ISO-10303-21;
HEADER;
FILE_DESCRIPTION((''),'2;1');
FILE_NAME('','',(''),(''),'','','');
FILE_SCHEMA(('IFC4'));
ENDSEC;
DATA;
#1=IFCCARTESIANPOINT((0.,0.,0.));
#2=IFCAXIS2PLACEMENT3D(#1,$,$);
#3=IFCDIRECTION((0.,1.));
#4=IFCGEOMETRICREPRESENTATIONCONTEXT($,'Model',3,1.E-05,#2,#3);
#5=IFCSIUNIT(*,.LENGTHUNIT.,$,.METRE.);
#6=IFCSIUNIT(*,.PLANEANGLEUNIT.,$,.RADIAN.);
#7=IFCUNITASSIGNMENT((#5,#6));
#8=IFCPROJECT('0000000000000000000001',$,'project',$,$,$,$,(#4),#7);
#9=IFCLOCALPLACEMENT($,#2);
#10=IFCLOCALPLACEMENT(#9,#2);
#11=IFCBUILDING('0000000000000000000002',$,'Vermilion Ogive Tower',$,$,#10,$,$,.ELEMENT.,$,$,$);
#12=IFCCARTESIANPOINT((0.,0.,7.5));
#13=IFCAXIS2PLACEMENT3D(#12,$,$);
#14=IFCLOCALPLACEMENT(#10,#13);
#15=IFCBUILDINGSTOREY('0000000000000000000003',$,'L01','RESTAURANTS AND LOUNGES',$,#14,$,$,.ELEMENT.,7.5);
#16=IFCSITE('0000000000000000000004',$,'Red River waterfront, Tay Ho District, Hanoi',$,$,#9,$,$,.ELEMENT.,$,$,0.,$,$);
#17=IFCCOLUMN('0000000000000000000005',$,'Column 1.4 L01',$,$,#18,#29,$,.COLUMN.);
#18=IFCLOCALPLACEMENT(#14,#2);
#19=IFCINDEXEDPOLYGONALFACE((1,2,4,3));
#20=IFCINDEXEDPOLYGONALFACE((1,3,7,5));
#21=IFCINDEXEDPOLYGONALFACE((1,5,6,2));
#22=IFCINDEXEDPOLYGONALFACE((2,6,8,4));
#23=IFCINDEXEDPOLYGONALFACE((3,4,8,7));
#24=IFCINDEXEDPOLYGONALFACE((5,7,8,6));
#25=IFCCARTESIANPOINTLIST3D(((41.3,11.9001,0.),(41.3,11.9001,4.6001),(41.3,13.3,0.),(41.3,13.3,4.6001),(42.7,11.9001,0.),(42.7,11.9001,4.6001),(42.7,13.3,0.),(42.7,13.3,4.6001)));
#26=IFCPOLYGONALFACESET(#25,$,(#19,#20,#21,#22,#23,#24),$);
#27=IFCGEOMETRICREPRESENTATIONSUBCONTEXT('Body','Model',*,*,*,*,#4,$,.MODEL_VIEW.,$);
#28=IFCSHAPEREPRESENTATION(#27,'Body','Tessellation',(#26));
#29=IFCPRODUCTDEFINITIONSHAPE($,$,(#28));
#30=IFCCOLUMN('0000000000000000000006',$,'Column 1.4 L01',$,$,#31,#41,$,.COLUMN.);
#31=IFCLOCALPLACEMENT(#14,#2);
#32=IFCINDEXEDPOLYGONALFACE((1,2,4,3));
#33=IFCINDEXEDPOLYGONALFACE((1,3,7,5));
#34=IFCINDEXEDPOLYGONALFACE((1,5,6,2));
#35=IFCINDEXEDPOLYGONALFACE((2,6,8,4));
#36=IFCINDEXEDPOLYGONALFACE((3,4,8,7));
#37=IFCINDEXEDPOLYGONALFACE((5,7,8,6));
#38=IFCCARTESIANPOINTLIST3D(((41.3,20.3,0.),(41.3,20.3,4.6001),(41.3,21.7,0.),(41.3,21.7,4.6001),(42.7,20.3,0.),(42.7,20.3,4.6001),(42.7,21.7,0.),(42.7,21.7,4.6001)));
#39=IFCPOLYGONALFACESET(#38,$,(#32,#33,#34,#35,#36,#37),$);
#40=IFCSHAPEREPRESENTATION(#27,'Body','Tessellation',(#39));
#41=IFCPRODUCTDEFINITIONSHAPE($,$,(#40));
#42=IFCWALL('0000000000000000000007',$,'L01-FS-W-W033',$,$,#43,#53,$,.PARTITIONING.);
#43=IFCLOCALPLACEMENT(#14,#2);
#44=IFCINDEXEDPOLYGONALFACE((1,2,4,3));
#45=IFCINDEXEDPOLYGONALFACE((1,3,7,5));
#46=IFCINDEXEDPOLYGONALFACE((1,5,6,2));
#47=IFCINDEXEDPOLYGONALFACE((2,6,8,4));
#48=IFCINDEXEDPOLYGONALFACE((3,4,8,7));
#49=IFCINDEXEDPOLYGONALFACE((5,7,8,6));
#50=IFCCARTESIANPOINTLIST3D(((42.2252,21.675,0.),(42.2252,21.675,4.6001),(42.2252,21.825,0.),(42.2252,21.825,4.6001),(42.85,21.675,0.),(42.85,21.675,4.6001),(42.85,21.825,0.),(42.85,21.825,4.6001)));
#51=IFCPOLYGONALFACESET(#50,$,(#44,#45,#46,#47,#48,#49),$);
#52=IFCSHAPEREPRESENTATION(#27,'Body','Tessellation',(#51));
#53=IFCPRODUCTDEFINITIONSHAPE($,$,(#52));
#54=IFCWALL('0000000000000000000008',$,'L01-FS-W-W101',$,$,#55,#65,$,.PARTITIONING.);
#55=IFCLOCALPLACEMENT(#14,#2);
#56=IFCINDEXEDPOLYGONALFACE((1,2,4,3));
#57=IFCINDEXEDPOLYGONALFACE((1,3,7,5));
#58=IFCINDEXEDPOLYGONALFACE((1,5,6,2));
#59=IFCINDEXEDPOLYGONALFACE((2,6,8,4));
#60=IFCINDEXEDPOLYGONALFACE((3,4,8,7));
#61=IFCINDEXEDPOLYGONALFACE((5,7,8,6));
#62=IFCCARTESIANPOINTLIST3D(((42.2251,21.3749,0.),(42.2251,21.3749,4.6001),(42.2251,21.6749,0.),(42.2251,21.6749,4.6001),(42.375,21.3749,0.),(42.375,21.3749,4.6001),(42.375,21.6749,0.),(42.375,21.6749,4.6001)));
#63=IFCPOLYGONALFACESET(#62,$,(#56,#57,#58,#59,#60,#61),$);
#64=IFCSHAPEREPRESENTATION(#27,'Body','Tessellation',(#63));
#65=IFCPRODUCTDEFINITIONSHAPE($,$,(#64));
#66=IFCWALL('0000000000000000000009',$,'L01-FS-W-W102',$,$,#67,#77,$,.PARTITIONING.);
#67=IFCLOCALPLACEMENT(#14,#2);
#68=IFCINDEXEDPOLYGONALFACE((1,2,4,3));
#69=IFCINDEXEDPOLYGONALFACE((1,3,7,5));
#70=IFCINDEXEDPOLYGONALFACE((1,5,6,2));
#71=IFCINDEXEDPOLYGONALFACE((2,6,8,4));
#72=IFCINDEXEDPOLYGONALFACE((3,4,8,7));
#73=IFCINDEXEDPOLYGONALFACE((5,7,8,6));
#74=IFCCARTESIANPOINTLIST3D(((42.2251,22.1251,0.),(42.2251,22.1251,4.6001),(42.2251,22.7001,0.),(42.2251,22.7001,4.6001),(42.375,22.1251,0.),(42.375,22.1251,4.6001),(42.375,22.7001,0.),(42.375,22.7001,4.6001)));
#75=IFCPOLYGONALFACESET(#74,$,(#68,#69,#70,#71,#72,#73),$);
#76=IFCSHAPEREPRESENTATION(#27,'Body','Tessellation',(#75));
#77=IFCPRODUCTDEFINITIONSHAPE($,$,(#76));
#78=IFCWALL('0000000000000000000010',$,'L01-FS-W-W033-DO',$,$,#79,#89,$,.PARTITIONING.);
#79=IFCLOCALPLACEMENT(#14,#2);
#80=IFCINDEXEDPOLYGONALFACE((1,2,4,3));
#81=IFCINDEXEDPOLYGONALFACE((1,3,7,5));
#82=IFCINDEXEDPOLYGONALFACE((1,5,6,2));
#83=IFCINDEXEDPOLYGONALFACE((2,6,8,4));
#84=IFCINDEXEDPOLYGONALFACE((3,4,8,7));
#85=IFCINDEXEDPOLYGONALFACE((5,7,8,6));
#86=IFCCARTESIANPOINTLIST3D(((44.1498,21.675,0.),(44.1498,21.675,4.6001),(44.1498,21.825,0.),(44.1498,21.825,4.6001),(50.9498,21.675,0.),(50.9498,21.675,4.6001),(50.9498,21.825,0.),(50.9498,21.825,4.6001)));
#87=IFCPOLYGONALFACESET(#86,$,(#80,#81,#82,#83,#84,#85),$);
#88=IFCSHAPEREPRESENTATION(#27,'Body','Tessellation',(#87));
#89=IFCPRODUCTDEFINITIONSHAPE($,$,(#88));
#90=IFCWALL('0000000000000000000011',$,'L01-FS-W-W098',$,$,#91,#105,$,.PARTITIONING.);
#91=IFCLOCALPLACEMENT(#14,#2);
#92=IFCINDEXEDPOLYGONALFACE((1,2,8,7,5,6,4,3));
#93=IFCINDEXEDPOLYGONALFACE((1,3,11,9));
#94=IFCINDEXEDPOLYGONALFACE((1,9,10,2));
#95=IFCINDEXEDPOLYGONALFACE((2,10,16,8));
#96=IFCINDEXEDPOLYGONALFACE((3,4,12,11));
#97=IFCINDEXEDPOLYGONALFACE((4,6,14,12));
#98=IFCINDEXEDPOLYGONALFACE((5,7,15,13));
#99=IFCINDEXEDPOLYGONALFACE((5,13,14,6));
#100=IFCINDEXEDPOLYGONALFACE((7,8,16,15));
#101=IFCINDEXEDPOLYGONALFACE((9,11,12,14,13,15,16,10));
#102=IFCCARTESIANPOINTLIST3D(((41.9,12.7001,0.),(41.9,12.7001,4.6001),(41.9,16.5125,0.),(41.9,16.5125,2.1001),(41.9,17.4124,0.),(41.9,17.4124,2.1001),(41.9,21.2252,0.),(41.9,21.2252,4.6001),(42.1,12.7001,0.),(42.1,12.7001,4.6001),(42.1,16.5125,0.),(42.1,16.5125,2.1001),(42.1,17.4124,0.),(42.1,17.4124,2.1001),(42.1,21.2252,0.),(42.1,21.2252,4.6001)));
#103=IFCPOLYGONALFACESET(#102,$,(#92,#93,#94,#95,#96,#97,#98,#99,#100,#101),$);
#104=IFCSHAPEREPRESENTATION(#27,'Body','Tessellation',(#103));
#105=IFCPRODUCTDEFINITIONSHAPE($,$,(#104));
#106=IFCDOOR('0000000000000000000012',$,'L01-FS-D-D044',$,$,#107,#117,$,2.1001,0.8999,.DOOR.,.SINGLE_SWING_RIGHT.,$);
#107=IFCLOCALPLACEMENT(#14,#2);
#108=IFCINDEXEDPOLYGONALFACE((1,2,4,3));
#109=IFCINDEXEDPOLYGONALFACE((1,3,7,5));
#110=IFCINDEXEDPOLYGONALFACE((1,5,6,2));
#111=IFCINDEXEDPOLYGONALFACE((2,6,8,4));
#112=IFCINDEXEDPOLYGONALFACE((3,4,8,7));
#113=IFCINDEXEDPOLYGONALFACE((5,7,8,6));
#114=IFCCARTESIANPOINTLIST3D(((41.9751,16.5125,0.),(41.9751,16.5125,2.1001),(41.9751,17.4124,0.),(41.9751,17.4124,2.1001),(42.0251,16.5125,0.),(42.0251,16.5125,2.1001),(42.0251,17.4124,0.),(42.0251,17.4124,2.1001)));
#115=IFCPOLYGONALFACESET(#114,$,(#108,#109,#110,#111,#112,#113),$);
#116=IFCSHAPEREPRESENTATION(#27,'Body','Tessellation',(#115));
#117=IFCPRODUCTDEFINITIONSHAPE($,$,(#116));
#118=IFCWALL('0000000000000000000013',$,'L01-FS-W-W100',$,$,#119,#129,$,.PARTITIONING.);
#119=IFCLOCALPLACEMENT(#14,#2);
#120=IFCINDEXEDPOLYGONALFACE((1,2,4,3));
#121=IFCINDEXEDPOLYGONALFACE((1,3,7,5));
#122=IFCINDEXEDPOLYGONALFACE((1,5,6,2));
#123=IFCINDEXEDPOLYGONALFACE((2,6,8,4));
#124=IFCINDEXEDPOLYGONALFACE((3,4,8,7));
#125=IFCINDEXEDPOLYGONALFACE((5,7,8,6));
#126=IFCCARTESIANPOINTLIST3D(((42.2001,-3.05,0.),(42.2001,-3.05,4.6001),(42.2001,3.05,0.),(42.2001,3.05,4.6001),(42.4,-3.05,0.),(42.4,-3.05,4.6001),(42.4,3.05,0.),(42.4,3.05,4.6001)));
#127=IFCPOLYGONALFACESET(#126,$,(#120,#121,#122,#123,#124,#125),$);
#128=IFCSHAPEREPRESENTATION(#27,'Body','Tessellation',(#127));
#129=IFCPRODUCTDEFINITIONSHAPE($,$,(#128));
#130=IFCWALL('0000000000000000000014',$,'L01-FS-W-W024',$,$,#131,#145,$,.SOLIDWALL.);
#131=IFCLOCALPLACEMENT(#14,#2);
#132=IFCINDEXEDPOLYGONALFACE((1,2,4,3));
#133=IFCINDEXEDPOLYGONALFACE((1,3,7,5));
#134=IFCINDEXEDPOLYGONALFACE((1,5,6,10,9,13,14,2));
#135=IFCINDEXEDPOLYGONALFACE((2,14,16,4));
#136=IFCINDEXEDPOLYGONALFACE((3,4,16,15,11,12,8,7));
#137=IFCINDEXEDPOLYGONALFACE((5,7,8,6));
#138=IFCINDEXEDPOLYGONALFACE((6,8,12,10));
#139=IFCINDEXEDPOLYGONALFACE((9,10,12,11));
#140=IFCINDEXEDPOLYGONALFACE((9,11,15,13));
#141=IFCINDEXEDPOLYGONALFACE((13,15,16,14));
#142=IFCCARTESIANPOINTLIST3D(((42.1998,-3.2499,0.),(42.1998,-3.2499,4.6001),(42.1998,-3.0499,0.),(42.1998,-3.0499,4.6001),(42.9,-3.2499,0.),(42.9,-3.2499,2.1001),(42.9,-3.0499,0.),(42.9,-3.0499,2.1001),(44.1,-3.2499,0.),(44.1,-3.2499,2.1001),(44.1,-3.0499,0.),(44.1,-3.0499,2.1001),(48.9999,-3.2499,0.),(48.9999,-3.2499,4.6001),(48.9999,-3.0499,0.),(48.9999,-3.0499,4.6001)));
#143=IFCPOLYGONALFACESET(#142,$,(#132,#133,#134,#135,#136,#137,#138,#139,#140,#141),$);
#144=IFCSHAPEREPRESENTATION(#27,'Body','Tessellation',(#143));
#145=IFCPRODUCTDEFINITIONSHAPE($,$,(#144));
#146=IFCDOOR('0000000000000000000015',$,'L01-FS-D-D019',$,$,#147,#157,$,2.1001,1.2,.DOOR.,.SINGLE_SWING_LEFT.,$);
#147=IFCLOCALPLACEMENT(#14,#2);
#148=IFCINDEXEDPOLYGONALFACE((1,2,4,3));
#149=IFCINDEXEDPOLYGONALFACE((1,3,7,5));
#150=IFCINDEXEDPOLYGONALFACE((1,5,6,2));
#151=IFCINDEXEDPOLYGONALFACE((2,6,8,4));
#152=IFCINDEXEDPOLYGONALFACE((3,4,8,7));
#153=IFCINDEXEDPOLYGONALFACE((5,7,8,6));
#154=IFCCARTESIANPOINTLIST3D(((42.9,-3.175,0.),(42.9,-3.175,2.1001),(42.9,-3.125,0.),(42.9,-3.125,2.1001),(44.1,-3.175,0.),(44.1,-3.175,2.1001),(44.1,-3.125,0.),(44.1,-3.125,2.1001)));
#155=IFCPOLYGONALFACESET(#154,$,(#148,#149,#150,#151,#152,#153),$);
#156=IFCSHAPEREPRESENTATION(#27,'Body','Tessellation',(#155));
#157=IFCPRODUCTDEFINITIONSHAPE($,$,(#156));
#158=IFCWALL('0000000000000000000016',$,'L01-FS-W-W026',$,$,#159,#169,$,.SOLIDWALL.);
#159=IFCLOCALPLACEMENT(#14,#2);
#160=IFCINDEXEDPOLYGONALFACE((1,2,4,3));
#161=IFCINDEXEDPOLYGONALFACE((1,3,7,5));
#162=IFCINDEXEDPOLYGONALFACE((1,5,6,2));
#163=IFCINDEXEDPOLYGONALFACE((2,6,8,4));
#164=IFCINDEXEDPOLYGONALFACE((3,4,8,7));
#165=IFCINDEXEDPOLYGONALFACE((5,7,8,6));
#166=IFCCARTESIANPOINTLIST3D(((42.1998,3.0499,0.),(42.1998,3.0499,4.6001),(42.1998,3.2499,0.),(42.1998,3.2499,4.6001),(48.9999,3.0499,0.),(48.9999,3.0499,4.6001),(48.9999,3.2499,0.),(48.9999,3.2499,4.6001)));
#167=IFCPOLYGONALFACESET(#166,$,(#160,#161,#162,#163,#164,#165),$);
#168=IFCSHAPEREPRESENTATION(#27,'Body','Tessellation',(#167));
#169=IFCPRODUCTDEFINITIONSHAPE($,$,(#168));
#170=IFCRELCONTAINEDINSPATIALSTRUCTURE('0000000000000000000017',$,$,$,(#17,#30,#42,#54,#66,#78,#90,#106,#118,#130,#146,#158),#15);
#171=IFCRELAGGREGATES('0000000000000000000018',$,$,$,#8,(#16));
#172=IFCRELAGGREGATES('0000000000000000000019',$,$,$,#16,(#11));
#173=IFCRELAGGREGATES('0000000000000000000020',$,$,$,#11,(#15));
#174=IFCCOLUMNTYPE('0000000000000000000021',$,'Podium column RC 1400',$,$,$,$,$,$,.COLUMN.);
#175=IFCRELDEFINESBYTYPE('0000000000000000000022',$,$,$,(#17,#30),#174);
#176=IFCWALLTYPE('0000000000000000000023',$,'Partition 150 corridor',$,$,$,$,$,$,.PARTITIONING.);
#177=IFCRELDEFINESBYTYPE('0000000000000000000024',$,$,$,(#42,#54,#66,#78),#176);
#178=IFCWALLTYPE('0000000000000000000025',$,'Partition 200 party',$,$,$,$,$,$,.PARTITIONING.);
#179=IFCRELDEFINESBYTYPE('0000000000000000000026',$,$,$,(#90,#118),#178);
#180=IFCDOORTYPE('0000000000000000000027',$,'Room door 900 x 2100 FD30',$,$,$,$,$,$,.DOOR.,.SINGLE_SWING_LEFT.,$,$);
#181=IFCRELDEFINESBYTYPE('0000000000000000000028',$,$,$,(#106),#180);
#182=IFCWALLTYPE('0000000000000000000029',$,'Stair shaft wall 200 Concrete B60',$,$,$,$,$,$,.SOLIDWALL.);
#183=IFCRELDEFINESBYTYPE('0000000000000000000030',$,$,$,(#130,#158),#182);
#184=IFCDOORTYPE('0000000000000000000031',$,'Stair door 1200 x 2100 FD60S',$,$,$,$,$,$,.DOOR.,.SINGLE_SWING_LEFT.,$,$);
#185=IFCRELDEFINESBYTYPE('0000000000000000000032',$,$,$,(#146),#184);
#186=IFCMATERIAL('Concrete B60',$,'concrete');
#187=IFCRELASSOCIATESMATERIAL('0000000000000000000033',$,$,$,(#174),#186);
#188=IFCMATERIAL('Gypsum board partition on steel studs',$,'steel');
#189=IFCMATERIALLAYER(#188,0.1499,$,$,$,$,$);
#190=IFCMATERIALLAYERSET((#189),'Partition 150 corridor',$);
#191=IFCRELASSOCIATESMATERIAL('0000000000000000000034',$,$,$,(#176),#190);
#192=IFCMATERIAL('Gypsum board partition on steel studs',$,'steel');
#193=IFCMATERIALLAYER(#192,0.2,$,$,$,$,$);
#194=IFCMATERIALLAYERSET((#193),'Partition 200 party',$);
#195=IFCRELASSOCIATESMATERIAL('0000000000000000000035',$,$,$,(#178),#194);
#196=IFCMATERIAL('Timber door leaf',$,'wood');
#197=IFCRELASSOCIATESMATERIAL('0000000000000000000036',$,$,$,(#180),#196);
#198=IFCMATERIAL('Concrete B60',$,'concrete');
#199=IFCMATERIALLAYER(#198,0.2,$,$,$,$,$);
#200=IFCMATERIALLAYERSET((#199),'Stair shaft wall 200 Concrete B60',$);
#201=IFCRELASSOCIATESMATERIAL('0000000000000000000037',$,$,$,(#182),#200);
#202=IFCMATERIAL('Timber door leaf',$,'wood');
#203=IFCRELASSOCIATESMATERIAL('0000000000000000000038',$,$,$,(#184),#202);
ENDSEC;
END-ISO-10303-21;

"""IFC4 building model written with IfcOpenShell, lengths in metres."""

from ifc_helpers import new_model, si_unit, direction, frame, frame_2d, origin, origin_2d, place, context, subcontext, project, spatial, rectangle, extrude, material, layer, layer_set, material_profile, profile_set, type_object, element, fill, save


model = new_model("IFC4")

# Units and contexts
model_context = context("Model", 3, precision=1e-05, world=origin(), true_north=direction((0.0, 1.0)))
body_context = subcontext(model_context, "Body", "Model", "MODEL_VIEW")
ifc_project = project(units=[si_unit("LENGTHUNIT", "METRE"), si_unit("PLANEANGLEUNIT", "RADIAN")], contexts=[model_context])

# Site, building, storey
site_placement = place(None, origin())
site = spatial("IfcSite", under=ifc_project, at=site_placement, Name="Red River waterfront, Tay Ho District, Hanoi", CompositionType="ELEMENT", RefElevation=0.0)
building_placement = place(site_placement, origin())
building = spatial("IfcBuilding", under=site, at=building_placement, Name="Vermilion Ogive Tower", CompositionType="ELEMENT")
storey_placement = place(building_placement, frame((0.0, 0.0, 7.5)))
storey = spatial("IfcBuildingStorey", under=building, at=storey_placement, Name="L01", Description="RESTAURANTS AND LOUNGES", CompositionType="ELEMENT", Elevation=7.5)

# Columns
ifc_material_1 = material(Name="Concrete B60", Category="concrete")
ifc_material_profile = material_profile(ifc_material_1, rectangle(XDim=1.3999, YDim=1.3999, at=origin_2d()), Name="RC 1400x1400")
ifc_profile_set = profile_set([ifc_material_profile], Name="Concrete B60")
column_type = type_object("IfcColumnType", Name="Podium column RC 1400", PredefinedType="COLUMN", material=ifc_profile_set)
for number, where, z_axis, x_axis, name in (
    (1, (42.0, 12.6001, 0.0), (0.0, 0.0, 1.0), (1.0, 0.0, 0.0), "Column 1.4 L01"),
    (2, (42.0, 21.0, 0.0), (0.0, 0.0, 1.0), (1.0, 0.0, 0.0), "Column 1.4 L01"),
):
    element("IfcColumn", number, at=place(storey_placement, frame(where, z_axis=z_axis, x_axis=x_axis)), inside=storey, type_object=column_type, Name=name, PredefinedType="COLUMN", context=body_context, shape_type="SweptSolid", body=[
        extrude(rectangle(XDim=1.3999, YDim=1.3999, at=origin_2d()), origin(), (0.0, 0.0, 1.0), 4.6001),
    ])

# Walls
ifc_material_2 = material(Name="Gypsum board partition on steel studs", Category="steel")
ifc_layer_1 = layer(ifc_material_2, 0.1499)
ifc_layer_set_1 = layer_set([ifc_layer_1], Name="Partition 150 corridor")
wall_type_1 = type_object("IfcWallType", Name="Partition 150 corridor", PredefinedType="PARTITIONING", material=ifc_layer_set_1)
wall_1_placement = place(storey_placement, frame((42.2251, 21.75, 0.0), z_axis=(0.0, 0.0, 1.0), x_axis=(1.0, 0.0, 0.0)))
element("IfcWall", 3, at=wall_1_placement, inside=storey, type_object=wall_type_1, Name="L01-FS-W-W033", PredefinedType="PARTITIONING", context=body_context, shape_type="SweptSolid", body=[
    extrude(rectangle(XDim=0.6248, YDim=0.1499, at=frame_2d((0.3125, 0.0))), origin(), (0.0, 0.0, 1.0), 4.6001),
])
wall_2_placement = place(storey_placement, frame((42.3, 21.375, 0.0), z_axis=(0.0, 0.0, 1.0), x_axis=(0.0, 1.0, 0.0)))
element("IfcWall", 4, at=wall_2_placement, inside=storey, type_object=wall_type_1, Name="L01-FS-W-W101", PredefinedType="PARTITIONING", context=body_context, shape_type="SweptSolid", body=[
    extrude(rectangle(XDim=0.3, YDim=0.1499, at=frame_2d((0.1499, 0.0))), origin(), (0.0, 0.0, 1.0), 4.6001),
])
wall_3_placement = place(storey_placement, frame((42.3, 22.125, 0.0), z_axis=(0.0, 0.0, 1.0), x_axis=(0.0, 1.0, 0.0)))
element("IfcWall", 5, at=wall_3_placement, inside=storey, type_object=wall_type_1, Name="L01-FS-W-W102", PredefinedType="PARTITIONING", context=body_context, shape_type="SweptSolid", body=[
    extrude(rectangle(XDim=0.575, YDim=0.1499, at=frame_2d((0.2876, 0.0))), origin(), (0.0, 0.0, 1.0), 4.6001),
])
wall_4_placement = place(storey_placement, frame((44.1499, 21.75, 0.0), z_axis=(0.0, 0.0, 1.0), x_axis=(1.0, 0.0, 0.0)))
element("IfcWall", 6, at=wall_4_placement, inside=storey, type_object=wall_type_1, Name="L01-FS-W-W033-DO", PredefinedType="PARTITIONING", context=body_context, shape_type="SweptSolid", body=[
    extrude(rectangle(XDim=6.8, YDim=0.1499, at=frame_2d((3.3999, 0.0))), origin(), (0.0, 0.0, 1.0), 4.6001),
])

# Wall, opening, door
ifc_material_3 = material(Name="Gypsum board partition on steel studs", Category="steel")
ifc_layer_2 = layer(ifc_material_3, 0.2)
ifc_layer_set_2 = layer_set([ifc_layer_2], Name="Partition 200 party")
wall_type_2 = type_object("IfcWallType", Name="Partition 200 party", PredefinedType="PARTITIONING", material=ifc_layer_set_2)
wall_5_placement = place(storey_placement, frame((42.0, 12.7, 0.0), z_axis=(0.0, 0.0, 1.0), x_axis=(0.0, 1.0, 0.0)))
wall_5 = element("IfcWall", 7, at=wall_5_placement, inside=storey, type_object=wall_type_2, Name="L01-FS-W-W098", PredefinedType="PARTITIONING", context=body_context, shape_type="SweptSolid", body=[
    extrude(rectangle(XDim=8.5251, YDim=0.2, at=frame_2d((4.2627, 0.0))), origin(), (0.0, 0.0, 1.0), 4.6001),
])
opening_1_placement = place(wall_5_placement, frame((3.8125, 0.0, 0.0)))
opening_1 = element("IfcOpeningElement", 8, at=opening_1_placement, cuts=wall_5, PredefinedType="OPENING", context=body_context, shape_type="SweptSolid", body=[
    extrude(rectangle(XDim=0.8999, YDim=2.1001, at=frame_2d((0.45, 1.05))), frame((0.0, 0.1099, 0.0), z_axis=(0.0, -1.0, 0.0), x_axis=(1.0, 0.0, 0.0)), (0.0, 0.0, 1.0), 0.22),
])
ifc_material_4 = material(Name="Timber door leaf", Category="wood")
door_type_1 = type_object("IfcDoorType", Name="Room door 900 x 2100 FD30", OperationType="SINGLE_SWING_LEFT", PredefinedType="DOOR", material=ifc_material_4)
door_1_placement = place(opening_1_placement, origin())
door_1 = element("IfcDoor", 9, at=door_1_placement, inside=storey, type_object=door_type_1, Name="L01-FS-D-D044", OperationType="SINGLE_SWING_RIGHT", OverallHeight=2.1001, OverallWidth=0.8999, PredefinedType="DOOR", context=body_context, shape_type="SweptSolid", body=[
    extrude(rectangle(XDim=0.8999, YDim=2.1001, at=frame_2d((0.45, 1.05))), frame((0.0, 0.0249, 0.0), z_axis=(0.0, -1.0, 0.0), x_axis=(1.0, 0.0, 0.0)), (0.0, 0.0, 1.0), 0.05),
])
fill(opening_1, door_1)

# Wall
wall_6_placement = place(storey_placement, frame((42.3, -3.05, 0.0), z_axis=(0.0, 0.0, 1.0), x_axis=(0.0, 1.0, 0.0)))
element("IfcWall", 10, at=wall_6_placement, inside=storey, type_object=wall_type_2, Name="L01-FS-W-W100", PredefinedType="PARTITIONING", context=body_context, shape_type="SweptSolid", body=[
    extrude(rectangle(XDim=6.1001, YDim=0.2, at=frame_2d((3.05, 0.0))), origin(), (0.0, 0.0, 1.0), 4.6001),
])

# Wall, opening, door
ifc_material_5 = material(Name="Concrete B60", Category="concrete")
ifc_layer_3 = layer(ifc_material_5, 0.2)
ifc_layer_set_3 = layer_set([ifc_layer_3], Name="Stair shaft wall 200 Concrete B60")
wall_type_3 = type_object("IfcWallType", Name="Stair shaft wall 200 Concrete B60", PredefinedType="SOLIDWALL", material=ifc_layer_set_3)
wall_7_placement = place(storey_placement, frame((42.2, -3.1499, 0.0), z_axis=(0.0, 0.0, 1.0), x_axis=(1.0, 0.0, 0.0)))
wall_7 = element("IfcWall", 11, at=wall_7_placement, inside=storey, type_object=wall_type_3, Name="L01-FS-W-W024", PredefinedType="SOLIDWALL", context=body_context, shape_type="SweptSolid", body=[
    extrude(rectangle(XDim=6.8, YDim=0.2, at=frame_2d((3.3999, 0.0))), origin(), (0.0, 0.0, 1.0), 4.6001),
])
opening_2_placement = place(wall_7_placement, frame((0.7, 0.0, 0.0)))
opening_2 = element("IfcOpeningElement", 12, at=opening_2_placement, cuts=wall_7, PredefinedType="OPENING", context=body_context, shape_type="SweptSolid", body=[
    extrude(rectangle(XDim=1.2, YDim=2.1001, at=frame_2d((0.6001, 1.05))), frame((0.0, 0.1099, 0.0), z_axis=(0.0, -1.0, 0.0), x_axis=(1.0, 0.0, 0.0)), (0.0, 0.0, 1.0), 0.22),
])
ifc_material_6 = material(Name="Timber door leaf", Category="wood")
door_type_2 = type_object("IfcDoorType", Name="Stair door 1200 x 2100 FD60S", OperationType="SINGLE_SWING_LEFT", PredefinedType="DOOR", material=ifc_material_6)
door_2_placement = place(opening_2_placement, origin())
door_2 = element("IfcDoor", 13, at=door_2_placement, inside=storey, type_object=door_type_2, Name="L01-FS-D-D019", OperationType="SINGLE_SWING_LEFT", OverallHeight=2.1001, OverallWidth=1.2, PredefinedType="DOOR", context=body_context, shape_type="SweptSolid", body=[
    extrude(rectangle(XDim=1.2, YDim=2.1001, at=frame_2d((0.6001, 1.05))), frame((0.0, 0.0249, 0.0), z_axis=(0.0, -1.0, 0.0), x_axis=(1.0, 0.0, 0.0)), (0.0, 0.0, 1.0), 0.05),
])
fill(opening_2, door_2)

# Wall
wall_8_placement = place(storey_placement, frame((42.2, 3.1499, 0.0), z_axis=(0.0, 0.0, 1.0), x_axis=(1.0, 0.0, 0.0)))
element("IfcWall", 14, at=wall_8_placement, inside=storey, type_object=wall_type_3, Name="L01-FS-W-W026", PredefinedType="SOLIDWALL", context=body_context, shape_type="SweptSolid", body=[
    extrude(rectangle(XDim=6.8, YDim=0.2, at=frame_2d((3.3999, 0.0))), origin(), (0.0, 0.0, 1.0), 4.6001),
])

save(model, "model.ifc")
